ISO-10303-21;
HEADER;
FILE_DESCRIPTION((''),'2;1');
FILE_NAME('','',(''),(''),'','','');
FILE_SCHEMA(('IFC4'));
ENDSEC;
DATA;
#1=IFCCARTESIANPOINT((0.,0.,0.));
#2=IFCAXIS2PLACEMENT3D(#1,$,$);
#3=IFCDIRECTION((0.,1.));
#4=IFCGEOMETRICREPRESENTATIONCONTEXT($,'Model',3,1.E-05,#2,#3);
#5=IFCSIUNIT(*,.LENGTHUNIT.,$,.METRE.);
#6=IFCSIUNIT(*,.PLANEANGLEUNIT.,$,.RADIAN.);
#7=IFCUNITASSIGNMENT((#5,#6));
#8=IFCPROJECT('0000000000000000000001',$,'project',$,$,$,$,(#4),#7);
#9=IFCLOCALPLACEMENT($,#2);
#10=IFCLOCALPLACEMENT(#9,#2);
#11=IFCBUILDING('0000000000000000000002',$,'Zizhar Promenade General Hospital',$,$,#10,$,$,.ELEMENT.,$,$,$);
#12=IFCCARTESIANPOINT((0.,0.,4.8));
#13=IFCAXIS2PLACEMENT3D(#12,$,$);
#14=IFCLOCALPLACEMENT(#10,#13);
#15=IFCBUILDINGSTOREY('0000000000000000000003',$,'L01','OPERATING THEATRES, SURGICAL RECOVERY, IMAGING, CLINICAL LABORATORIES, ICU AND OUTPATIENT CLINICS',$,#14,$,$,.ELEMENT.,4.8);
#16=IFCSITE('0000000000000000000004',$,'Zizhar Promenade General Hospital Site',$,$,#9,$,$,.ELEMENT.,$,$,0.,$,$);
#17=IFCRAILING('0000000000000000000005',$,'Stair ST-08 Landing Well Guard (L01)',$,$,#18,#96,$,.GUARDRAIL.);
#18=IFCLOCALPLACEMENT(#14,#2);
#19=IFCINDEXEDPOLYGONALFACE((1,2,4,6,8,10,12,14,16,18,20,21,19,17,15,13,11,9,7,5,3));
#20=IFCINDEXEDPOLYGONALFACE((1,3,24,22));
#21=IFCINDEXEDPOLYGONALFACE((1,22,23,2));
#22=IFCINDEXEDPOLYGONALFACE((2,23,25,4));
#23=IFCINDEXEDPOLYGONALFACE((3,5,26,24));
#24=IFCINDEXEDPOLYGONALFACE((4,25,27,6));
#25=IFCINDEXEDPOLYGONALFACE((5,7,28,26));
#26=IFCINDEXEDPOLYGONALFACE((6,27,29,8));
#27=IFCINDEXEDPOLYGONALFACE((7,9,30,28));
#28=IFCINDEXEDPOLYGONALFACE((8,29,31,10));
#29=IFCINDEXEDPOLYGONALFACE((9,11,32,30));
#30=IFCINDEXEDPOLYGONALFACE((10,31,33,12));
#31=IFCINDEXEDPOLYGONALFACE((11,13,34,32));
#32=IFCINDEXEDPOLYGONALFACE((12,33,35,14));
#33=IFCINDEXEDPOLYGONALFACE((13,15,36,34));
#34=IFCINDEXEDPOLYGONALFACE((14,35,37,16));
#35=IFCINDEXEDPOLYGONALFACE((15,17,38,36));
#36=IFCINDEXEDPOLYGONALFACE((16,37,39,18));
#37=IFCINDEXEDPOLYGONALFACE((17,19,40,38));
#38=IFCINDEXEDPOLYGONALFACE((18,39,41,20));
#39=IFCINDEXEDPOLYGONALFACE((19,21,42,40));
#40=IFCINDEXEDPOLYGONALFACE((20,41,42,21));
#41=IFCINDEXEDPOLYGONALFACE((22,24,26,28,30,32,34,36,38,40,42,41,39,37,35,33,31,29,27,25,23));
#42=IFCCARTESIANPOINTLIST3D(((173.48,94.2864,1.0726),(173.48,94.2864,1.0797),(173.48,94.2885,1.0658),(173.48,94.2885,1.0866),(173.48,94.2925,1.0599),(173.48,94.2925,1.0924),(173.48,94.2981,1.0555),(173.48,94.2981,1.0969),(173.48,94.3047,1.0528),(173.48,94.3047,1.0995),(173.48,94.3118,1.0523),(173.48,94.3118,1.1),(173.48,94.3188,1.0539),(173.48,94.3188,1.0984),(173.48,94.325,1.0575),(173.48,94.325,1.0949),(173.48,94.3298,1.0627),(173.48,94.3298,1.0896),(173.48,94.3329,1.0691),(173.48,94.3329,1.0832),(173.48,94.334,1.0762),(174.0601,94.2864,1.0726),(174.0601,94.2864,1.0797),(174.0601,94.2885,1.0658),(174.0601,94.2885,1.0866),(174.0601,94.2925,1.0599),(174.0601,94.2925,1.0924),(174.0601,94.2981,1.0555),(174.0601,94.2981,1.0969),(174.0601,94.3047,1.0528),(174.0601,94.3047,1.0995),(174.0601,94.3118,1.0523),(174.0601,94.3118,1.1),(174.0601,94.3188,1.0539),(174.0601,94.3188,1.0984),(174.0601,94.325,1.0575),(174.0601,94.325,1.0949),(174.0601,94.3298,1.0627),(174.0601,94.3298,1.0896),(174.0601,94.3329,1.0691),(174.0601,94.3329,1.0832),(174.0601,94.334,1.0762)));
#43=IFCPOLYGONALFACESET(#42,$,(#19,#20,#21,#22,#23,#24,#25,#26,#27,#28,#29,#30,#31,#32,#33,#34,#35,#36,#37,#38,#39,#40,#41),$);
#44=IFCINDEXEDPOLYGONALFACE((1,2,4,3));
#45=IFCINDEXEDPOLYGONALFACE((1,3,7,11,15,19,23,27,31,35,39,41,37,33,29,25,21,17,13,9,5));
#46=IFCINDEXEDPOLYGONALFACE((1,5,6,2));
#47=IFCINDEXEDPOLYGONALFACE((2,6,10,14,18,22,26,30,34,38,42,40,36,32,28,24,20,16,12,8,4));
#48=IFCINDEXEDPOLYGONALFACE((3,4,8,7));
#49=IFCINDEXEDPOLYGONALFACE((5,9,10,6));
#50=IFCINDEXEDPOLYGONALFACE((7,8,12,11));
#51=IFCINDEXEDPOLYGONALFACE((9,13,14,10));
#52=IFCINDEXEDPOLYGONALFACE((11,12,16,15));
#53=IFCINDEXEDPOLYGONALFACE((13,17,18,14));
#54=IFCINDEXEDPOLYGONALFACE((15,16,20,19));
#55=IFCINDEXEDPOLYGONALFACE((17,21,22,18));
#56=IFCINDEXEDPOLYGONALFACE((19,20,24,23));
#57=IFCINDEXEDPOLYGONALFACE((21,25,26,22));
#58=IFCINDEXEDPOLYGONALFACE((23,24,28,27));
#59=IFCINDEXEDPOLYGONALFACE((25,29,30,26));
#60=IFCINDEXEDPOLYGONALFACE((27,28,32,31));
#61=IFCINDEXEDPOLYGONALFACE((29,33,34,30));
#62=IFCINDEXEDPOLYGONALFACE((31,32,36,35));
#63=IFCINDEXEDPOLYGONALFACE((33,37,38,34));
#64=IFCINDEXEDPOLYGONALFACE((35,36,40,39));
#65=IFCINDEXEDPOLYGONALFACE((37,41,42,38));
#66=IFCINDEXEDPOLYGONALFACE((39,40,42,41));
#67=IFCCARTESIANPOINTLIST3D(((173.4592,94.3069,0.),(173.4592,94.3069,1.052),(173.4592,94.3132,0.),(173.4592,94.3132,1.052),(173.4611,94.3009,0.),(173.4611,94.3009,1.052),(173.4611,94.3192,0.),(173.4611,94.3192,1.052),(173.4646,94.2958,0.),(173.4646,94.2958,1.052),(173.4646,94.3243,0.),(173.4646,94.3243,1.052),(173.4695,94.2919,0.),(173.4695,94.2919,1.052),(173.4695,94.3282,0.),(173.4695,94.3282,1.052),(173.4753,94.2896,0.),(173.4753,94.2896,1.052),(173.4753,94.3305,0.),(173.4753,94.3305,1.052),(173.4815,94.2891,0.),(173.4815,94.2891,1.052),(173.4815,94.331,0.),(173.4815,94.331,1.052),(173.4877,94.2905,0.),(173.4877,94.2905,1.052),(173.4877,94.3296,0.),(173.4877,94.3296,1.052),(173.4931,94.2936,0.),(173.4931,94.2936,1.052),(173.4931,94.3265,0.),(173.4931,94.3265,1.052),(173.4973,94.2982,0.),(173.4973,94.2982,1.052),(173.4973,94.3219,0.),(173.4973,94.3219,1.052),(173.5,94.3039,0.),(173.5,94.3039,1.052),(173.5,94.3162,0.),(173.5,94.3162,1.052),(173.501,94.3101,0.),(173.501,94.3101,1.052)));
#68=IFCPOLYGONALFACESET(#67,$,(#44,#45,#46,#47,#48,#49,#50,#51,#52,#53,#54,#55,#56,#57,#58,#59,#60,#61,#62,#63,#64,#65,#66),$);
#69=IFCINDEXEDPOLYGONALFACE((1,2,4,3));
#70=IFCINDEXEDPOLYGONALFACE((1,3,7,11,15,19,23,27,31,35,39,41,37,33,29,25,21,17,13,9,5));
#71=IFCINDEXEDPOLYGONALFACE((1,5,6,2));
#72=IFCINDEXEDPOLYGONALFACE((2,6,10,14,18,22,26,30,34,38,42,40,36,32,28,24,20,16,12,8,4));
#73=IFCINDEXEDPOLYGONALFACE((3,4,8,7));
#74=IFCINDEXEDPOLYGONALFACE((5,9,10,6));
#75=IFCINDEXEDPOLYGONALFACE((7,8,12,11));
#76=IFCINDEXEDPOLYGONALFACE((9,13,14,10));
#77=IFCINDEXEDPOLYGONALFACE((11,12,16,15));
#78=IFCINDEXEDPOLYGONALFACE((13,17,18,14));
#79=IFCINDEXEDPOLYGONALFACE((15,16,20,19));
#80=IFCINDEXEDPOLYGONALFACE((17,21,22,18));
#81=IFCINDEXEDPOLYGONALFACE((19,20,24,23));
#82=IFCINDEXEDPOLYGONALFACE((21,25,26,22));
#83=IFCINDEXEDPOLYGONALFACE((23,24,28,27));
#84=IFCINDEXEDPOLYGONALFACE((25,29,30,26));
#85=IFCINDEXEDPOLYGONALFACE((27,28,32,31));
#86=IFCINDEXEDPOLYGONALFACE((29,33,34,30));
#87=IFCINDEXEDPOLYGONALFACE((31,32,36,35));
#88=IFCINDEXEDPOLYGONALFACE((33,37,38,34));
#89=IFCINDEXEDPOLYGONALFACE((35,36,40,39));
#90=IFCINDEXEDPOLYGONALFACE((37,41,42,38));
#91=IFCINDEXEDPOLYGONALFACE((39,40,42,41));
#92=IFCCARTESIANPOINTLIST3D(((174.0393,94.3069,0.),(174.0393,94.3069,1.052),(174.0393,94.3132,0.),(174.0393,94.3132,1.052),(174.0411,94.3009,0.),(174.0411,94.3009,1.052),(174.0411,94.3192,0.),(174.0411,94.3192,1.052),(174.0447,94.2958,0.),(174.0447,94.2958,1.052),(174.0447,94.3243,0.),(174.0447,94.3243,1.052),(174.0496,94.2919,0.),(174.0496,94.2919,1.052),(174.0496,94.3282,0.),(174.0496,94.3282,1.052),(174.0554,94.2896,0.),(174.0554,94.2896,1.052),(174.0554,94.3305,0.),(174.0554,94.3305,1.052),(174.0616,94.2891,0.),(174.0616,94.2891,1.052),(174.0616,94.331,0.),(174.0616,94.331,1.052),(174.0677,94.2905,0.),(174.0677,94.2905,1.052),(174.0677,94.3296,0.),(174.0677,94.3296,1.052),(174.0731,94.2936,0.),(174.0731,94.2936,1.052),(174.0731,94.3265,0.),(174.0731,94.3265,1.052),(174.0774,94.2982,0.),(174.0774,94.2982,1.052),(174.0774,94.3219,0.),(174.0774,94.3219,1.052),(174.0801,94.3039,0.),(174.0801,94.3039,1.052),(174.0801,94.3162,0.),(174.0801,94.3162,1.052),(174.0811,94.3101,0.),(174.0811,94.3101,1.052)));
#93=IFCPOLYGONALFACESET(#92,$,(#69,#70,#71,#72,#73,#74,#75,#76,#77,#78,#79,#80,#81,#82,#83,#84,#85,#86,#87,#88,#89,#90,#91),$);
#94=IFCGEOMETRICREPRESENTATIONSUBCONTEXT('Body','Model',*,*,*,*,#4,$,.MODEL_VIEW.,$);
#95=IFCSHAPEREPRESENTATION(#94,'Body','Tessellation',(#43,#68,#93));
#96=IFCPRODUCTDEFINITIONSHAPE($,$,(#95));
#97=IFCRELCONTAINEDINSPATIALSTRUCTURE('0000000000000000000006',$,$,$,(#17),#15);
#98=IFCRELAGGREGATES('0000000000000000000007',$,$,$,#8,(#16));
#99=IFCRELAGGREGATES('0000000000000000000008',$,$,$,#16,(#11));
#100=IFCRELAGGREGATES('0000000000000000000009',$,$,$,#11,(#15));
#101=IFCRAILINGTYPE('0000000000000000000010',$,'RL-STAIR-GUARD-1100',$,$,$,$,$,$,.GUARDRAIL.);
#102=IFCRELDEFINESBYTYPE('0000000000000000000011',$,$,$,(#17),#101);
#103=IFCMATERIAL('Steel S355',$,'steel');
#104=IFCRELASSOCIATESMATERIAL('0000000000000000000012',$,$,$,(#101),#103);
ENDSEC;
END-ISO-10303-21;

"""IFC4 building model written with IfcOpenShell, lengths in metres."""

from ifc_helpers import new_model, si_unit, direction, frame, origin, origin_2d, place, context, subcontext, project, spatial, circle, hollow_circle, extrude, material, material_profile, profile_set, type_object, element, save


model = new_model("IFC4")

# Units and contexts
model_context = context("Model", 3, precision=1e-05, world=origin(), true_north=direction((0.0, 1.0)))
body_context = subcontext(model_context, "Body", "Model", "MODEL_VIEW")
ifc_project = project(units=[si_unit("LENGTHUNIT", "METRE"), si_unit("PLANEANGLEUNIT", "RADIAN")], contexts=[model_context])

# Site, building, storey
site_placement = place(None, origin())
site = spatial("IfcSite", under=ifc_project, at=site_placement, Name="Zizhar Promenade General Hospital Site", CompositionType="ELEMENT", RefElevation=0.0)
building_placement = place(site_placement, origin())
building = spatial("IfcBuilding", under=site, at=building_placement, Name="Zizhar Promenade General Hospital", CompositionType="ELEMENT")
storey_placement = place(building_placement, frame((0.0, 0.0, 4.8)))
storey = spatial("IfcBuildingStorey", under=building, at=storey_placement, Name="L01", Description="OPERATING THEATRES, SURGICAL RECOVERY, IMAGING, CLINICAL LABORATORIES, ICU AND OUTPATIENT CLINICS", CompositionType="ELEMENT", Elevation=4.8)

# Railing
ifc_material_1 = material(Name="Steel S355", Category="steel")
ifc_material_profile_1 = material_profile(ifc_material_1, hollow_circle(Radius=0.0698, WallThickness=0.0063, at=origin_2d()))
ifc_profile_set_1 = profile_set([ifc_material_profile_1], Name="Steel S355")
railing_type = type_object("IfcRailingType", Name="RL-STAIR-GUARD-1100", PredefinedType="GUARDRAIL", material=ifc_profile_set_1)
railing_placement = place(storey_placement, frame((173.48, 94.3101, 0.0)))
element("IfcRailing", 1, at=railing_placement, inside=storey, type_object=railing_type, Name="Stair ST-08 Landing Well Guard (L01)", PredefinedType="GUARDRAIL", context=body_context, shape_type="SweptSolid", body=[
    extrude(circle(Radius=0.0239, at=origin_2d()), frame((0.0, 0.0, 1.0762), z_axis=(1.0, 0.0, 0.0), x_axis=(0.0, 1.0, 0.0)), (0.0, 0.0, 1.0), 0.5801),
    extrude(circle(Radius=0.021, at=origin_2d()), origin(), (0.0, 0.0, 1.0), 1.052),
    extrude(circle(Radius=0.021, at=origin_2d()), frame((0.5801, 0.0, 0.0)), (0.0, 0.0, 1.0), 1.052),
])

save(model, "model.ifc")
